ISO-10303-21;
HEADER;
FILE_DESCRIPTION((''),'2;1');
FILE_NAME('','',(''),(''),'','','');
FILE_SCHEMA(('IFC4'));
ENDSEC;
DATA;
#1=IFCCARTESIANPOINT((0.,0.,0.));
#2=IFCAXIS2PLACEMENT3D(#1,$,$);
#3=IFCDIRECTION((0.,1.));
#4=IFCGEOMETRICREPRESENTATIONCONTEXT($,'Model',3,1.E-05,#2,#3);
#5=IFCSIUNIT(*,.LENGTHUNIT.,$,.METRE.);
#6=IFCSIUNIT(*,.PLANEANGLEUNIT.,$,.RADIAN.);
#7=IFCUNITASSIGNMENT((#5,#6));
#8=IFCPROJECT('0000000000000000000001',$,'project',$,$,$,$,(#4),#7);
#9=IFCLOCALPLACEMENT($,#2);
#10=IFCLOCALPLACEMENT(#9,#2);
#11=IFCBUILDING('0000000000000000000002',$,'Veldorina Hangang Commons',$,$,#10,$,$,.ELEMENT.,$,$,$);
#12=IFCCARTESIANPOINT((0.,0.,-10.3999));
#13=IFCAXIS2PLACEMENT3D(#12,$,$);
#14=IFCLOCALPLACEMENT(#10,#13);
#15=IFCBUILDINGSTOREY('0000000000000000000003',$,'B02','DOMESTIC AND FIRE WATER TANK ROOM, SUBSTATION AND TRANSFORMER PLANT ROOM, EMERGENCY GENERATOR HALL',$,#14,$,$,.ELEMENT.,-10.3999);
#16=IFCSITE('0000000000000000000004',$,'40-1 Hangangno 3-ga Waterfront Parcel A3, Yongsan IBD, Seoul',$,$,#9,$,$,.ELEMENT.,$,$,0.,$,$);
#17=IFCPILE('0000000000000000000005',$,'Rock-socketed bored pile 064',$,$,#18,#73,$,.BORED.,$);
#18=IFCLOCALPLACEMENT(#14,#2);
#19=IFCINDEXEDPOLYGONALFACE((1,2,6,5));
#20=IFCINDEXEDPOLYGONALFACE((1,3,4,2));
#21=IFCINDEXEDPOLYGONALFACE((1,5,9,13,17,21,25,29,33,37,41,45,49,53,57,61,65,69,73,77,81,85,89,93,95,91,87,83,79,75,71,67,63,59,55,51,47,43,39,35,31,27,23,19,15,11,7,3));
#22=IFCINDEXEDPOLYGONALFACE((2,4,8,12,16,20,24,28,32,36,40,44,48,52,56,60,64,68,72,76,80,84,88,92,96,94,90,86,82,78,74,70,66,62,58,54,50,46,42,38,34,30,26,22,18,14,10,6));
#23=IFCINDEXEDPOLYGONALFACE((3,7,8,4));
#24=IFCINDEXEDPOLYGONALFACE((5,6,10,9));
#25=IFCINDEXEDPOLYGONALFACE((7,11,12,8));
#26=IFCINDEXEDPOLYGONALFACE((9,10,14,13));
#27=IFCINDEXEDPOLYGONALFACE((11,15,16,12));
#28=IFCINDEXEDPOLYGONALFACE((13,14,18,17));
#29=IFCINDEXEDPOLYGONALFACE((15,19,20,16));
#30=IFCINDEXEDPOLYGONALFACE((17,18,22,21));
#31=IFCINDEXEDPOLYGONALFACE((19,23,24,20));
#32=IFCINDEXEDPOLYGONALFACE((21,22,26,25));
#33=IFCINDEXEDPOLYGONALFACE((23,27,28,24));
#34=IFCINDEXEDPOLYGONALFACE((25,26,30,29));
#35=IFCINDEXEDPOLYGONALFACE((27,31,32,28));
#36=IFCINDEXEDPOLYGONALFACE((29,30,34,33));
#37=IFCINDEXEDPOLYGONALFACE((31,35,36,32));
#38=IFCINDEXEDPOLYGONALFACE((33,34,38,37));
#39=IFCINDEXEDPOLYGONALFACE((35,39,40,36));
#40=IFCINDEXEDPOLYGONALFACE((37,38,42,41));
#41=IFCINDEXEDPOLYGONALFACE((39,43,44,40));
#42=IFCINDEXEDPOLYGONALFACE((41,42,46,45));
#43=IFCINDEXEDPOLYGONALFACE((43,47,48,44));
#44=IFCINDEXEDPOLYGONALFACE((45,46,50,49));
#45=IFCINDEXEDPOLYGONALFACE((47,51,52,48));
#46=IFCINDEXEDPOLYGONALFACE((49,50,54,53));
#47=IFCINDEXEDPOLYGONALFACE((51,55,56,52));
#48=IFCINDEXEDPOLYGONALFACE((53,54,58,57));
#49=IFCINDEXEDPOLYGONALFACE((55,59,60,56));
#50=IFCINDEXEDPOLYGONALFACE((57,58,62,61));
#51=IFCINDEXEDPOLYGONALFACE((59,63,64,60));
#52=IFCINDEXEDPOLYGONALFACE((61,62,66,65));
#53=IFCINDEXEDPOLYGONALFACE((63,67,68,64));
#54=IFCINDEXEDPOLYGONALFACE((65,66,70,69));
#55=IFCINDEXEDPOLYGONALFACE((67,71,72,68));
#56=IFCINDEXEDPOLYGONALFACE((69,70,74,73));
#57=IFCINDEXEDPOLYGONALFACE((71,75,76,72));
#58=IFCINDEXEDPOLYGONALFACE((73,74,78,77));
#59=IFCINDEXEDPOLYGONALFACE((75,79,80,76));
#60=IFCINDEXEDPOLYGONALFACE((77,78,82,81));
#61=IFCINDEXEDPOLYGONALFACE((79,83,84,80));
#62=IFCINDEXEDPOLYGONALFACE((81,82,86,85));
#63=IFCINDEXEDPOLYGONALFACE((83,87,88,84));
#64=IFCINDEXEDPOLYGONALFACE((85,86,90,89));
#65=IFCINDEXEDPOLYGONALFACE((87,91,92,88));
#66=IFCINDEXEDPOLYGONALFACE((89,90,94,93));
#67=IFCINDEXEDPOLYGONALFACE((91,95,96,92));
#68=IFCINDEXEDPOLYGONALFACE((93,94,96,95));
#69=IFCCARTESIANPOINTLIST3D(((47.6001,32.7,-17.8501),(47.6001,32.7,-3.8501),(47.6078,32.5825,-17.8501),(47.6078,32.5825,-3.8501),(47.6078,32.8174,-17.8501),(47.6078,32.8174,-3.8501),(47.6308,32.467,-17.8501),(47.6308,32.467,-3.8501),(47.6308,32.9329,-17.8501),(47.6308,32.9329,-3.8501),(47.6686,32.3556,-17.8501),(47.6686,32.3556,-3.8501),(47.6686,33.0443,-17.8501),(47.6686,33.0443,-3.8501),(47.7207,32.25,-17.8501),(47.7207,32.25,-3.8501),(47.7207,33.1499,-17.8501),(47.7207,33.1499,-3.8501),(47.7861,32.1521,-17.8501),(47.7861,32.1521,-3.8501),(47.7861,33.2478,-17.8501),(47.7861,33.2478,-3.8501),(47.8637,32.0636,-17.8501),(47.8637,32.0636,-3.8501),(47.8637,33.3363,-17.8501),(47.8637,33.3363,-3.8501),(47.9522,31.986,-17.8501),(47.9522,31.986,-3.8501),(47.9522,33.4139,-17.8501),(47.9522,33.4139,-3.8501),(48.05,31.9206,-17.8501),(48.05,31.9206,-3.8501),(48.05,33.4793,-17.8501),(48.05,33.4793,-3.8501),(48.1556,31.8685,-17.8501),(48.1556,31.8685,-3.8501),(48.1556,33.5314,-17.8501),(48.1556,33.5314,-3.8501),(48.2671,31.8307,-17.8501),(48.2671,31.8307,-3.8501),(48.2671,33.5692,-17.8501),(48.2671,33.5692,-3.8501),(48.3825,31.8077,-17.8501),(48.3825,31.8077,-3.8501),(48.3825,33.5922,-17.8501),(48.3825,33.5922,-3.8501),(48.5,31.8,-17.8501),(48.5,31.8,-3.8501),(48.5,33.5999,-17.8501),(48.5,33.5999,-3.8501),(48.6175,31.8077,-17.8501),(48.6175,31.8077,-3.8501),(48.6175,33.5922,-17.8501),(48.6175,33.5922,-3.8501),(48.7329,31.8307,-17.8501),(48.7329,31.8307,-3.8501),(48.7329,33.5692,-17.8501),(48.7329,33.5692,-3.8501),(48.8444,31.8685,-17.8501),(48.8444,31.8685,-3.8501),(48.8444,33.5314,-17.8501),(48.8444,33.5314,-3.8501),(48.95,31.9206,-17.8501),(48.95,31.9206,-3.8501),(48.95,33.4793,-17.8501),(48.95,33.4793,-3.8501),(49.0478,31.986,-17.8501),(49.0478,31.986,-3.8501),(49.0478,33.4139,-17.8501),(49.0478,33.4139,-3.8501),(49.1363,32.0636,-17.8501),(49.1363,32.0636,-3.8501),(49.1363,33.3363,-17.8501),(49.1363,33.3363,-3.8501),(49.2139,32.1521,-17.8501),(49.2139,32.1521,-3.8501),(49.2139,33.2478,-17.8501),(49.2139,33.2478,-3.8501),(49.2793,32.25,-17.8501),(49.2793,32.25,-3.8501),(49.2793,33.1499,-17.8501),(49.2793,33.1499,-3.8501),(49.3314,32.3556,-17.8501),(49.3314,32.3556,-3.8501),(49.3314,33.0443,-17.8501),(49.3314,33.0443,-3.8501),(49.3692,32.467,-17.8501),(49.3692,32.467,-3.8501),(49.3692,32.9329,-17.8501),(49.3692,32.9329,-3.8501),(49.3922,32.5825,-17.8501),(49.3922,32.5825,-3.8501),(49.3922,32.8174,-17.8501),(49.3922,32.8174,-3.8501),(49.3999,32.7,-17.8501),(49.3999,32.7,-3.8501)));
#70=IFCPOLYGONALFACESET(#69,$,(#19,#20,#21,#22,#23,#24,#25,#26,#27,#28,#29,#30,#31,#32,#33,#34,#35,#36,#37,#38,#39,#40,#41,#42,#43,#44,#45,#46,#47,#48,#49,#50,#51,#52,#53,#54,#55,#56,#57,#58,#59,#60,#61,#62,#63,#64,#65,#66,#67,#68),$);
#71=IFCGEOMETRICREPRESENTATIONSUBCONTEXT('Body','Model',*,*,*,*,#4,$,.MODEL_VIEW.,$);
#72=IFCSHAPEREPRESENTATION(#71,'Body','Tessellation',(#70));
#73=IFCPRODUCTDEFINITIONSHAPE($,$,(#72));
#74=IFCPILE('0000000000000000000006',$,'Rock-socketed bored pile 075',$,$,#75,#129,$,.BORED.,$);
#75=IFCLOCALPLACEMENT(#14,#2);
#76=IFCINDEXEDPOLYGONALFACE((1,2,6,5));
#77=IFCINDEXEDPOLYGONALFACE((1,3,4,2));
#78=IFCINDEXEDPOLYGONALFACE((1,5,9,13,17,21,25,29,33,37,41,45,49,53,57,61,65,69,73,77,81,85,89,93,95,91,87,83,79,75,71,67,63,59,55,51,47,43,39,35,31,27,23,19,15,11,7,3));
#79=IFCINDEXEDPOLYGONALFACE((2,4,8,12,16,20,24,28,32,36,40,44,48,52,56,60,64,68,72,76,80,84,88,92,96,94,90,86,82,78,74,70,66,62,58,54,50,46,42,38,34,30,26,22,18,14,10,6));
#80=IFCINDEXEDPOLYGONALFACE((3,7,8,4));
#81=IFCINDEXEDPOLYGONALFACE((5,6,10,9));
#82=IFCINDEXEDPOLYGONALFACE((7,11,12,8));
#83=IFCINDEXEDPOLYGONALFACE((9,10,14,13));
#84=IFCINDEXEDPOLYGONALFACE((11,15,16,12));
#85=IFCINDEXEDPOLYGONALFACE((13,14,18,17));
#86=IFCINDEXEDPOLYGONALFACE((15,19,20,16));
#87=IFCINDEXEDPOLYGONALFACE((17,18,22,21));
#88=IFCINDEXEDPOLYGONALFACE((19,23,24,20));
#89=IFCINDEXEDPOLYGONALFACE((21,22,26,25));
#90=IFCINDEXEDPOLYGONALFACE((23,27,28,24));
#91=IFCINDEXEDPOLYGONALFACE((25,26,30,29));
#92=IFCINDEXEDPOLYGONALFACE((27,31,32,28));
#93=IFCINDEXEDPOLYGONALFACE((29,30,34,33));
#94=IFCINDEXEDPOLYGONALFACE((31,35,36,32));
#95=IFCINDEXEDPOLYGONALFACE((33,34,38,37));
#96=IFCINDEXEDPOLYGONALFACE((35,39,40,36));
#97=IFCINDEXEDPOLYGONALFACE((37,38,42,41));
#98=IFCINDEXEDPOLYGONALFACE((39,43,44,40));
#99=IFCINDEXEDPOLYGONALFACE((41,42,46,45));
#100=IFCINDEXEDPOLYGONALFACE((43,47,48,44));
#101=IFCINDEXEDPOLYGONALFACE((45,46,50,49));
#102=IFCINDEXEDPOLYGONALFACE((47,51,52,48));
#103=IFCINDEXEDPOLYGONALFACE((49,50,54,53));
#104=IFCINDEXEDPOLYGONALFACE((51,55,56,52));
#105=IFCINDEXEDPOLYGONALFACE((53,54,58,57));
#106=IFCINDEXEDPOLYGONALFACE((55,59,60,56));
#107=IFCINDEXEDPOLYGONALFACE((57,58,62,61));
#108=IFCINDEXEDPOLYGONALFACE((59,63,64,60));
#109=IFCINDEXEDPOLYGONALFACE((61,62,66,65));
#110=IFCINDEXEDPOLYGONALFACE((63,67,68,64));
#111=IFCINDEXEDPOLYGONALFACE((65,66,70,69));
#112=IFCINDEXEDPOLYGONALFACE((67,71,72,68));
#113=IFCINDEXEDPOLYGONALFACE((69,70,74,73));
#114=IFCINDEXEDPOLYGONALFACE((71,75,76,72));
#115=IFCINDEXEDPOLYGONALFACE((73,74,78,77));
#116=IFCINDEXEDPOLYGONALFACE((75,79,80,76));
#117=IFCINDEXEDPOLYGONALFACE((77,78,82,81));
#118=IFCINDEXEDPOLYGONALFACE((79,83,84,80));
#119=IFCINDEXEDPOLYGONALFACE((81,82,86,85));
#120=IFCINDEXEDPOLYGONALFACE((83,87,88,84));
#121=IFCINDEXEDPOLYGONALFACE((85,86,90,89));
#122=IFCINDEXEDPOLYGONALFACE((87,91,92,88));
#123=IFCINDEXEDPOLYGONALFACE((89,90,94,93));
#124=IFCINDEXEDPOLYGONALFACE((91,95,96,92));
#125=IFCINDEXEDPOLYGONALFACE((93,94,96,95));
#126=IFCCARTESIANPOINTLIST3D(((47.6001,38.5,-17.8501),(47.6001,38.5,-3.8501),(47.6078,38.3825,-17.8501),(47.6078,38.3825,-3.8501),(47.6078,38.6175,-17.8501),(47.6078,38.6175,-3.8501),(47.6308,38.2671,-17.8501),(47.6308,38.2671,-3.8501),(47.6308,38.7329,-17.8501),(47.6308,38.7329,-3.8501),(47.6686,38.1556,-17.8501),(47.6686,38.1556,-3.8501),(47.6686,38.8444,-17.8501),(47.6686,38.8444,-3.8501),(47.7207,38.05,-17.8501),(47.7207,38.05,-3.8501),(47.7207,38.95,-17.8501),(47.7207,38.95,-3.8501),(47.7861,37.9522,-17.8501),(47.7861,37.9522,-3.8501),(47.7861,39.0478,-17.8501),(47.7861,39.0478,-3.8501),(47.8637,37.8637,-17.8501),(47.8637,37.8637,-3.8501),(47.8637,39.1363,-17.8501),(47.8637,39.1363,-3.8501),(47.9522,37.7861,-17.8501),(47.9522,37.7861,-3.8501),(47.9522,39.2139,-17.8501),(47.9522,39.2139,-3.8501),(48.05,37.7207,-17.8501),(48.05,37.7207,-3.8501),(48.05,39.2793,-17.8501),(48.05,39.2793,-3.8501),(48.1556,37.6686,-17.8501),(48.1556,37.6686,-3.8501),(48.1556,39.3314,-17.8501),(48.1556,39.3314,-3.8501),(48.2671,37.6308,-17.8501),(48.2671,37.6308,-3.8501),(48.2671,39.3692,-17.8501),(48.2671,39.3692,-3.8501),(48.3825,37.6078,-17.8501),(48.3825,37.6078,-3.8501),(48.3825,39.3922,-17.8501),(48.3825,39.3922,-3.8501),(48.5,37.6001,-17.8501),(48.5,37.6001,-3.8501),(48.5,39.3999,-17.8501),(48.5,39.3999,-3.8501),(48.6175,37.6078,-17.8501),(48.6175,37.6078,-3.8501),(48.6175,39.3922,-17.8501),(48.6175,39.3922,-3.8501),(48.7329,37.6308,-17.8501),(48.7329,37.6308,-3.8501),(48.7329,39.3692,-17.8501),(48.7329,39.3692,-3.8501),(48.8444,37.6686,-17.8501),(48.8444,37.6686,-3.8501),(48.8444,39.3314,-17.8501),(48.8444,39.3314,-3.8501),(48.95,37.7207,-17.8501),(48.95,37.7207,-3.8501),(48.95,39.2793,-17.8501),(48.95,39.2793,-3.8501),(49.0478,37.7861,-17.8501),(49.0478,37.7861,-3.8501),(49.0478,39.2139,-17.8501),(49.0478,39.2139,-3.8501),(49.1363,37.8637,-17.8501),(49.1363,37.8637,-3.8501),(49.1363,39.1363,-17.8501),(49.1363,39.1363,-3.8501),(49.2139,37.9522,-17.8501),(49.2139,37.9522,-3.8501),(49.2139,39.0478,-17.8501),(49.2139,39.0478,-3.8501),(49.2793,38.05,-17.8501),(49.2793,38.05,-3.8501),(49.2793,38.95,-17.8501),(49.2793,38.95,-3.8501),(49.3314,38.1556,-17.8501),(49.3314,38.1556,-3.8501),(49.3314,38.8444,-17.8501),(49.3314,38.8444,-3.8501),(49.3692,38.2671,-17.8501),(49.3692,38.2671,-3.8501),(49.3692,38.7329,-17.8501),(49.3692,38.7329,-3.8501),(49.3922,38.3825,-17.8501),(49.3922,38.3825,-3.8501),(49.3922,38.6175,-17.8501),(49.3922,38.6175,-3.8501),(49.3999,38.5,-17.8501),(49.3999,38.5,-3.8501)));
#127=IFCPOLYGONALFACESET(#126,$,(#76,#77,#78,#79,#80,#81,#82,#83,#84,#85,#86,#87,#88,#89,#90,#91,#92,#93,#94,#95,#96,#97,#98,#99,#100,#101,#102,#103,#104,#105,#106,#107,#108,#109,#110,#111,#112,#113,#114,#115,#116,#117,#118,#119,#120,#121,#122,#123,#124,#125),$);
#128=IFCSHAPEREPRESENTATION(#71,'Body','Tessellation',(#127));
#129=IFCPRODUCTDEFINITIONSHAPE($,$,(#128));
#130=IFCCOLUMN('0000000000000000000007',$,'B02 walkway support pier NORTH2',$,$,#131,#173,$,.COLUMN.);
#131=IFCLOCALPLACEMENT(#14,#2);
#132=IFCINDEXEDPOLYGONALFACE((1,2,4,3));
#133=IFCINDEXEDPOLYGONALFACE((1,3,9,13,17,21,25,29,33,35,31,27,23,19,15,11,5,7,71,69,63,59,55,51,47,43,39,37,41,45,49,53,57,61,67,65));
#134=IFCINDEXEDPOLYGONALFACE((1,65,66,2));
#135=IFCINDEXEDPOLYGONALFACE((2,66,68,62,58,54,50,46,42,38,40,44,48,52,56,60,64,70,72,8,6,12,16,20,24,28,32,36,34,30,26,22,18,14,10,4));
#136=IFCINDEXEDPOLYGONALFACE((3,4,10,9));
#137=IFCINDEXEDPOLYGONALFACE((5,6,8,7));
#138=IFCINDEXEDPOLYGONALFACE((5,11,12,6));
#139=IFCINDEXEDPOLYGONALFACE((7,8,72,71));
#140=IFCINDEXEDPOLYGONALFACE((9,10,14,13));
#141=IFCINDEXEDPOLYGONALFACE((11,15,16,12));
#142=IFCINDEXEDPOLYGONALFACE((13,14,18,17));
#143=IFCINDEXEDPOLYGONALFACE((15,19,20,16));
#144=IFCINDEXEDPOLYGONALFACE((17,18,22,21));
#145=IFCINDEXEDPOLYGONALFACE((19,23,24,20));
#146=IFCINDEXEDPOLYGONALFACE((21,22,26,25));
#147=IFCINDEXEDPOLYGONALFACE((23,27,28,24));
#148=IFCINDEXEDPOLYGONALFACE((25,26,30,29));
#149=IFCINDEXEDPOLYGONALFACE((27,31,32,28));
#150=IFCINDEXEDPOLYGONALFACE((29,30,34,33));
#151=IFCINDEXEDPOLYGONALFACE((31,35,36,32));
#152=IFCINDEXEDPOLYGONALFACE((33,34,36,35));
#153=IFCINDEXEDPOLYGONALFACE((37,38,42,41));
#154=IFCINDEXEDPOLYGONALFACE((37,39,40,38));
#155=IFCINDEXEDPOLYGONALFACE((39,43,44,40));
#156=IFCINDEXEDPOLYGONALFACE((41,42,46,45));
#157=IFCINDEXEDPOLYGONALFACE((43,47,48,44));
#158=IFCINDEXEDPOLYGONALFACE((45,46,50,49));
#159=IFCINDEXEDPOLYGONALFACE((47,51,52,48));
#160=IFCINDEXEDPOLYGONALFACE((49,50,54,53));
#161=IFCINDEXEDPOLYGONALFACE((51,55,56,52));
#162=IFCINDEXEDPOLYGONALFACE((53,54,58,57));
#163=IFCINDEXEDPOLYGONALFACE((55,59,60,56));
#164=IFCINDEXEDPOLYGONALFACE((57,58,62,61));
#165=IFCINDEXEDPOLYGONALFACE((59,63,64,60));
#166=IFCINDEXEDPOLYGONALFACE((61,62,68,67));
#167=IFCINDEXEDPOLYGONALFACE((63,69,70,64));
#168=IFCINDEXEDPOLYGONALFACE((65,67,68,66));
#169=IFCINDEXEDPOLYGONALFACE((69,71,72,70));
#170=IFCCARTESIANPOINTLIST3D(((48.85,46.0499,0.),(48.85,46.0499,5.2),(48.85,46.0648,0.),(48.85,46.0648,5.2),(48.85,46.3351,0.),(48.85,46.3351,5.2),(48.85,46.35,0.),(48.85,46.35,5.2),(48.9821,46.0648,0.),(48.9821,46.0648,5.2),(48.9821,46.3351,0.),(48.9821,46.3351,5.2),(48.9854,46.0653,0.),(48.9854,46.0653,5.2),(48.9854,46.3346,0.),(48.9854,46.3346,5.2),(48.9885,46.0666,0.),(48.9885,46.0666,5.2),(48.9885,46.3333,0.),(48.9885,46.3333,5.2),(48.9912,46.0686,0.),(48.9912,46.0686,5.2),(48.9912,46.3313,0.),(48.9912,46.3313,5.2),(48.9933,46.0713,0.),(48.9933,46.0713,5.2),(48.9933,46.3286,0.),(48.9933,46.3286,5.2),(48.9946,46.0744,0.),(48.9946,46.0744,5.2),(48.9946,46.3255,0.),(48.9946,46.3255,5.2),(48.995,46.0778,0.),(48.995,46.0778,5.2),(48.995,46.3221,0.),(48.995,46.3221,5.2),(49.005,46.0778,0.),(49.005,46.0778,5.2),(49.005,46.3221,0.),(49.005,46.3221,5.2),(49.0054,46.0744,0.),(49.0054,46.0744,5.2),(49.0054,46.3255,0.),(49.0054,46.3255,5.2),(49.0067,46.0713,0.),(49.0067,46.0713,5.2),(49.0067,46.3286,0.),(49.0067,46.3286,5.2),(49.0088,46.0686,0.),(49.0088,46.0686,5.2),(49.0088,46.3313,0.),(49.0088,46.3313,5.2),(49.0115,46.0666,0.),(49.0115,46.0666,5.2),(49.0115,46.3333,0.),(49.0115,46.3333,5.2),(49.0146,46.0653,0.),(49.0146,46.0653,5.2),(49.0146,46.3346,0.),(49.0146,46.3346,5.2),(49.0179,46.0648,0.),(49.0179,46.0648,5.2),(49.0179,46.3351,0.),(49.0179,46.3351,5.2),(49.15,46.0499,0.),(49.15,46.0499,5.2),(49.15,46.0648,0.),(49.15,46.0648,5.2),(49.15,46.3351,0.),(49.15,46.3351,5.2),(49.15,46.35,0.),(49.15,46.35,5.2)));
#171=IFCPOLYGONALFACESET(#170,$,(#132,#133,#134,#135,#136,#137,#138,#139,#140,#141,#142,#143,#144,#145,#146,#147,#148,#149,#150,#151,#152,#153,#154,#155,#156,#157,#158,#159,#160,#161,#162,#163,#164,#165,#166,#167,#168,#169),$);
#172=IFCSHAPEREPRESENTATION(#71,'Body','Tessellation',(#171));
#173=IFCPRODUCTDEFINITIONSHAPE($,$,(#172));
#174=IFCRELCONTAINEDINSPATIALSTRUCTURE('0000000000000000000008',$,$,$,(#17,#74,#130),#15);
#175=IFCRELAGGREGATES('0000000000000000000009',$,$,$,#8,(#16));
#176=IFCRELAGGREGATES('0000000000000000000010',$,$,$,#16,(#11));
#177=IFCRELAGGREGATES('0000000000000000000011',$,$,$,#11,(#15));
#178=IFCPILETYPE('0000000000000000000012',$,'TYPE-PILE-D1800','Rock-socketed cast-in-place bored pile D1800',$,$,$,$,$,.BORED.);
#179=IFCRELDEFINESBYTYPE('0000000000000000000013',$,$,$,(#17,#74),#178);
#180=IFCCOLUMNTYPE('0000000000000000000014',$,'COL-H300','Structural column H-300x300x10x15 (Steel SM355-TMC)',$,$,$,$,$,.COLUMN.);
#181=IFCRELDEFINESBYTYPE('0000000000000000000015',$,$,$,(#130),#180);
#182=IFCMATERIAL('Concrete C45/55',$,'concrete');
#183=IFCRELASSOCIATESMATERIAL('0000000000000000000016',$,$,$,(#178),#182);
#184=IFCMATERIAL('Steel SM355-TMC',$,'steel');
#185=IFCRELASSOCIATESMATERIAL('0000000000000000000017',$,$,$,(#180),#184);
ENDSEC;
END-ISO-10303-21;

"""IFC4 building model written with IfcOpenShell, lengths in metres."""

from ifc_helpers import new_model, si_unit, direction, frame, origin, origin_2d, place, context, subcontext, project, spatial, circle, i_section, extrude, material, material_profile, profile_set, type_object, element, save


model = new_model("IFC4")

# Units and contexts
model_context = context("Model", 3, precision=1e-05, world=origin(), true_north=direction((0.0, 1.0)))
body_context = subcontext(model_context, "Body", "Model", "MODEL_VIEW")
ifc_project = project(units=[si_unit("LENGTHUNIT", "METRE"), si_unit("PLANEANGLEUNIT", "RADIAN")], contexts=[model_context])

# Site, building, storey
site_placement = place(None, origin())
site = spatial("IfcSite", under=ifc_project, at=site_placement, Name="40-1 Hangangno 3-ga Waterfront Parcel A3, Yongsan IBD, Seoul", CompositionType="ELEMENT", RefElevation=0.0)
building_placement = place(site_placement, origin())
building = spatial("IfcBuilding", under=site, at=building_placement, Name="Veldorina Hangang Commons", CompositionType="ELEMENT")
storey_placement = place(building_placement, frame((0.0, 0.0, -10.3999)))
storey = spatial("IfcBuildingStorey", under=building, at=storey_placement, Name="B02", Description="DOMESTIC AND FIRE WATER TANK ROOM, SUBSTATION AND TRANSFORMER PLANT ROOM, EMERGENCY GENERATOR HALL", CompositionType="ELEMENT", Elevation=-10.3999)

# Piles
ifc_material_1 = material(Name="Concrete C45/55", Category="concrete")
ifc_material_profile_1 = material_profile(ifc_material_1, circle(Radius=0.8999, at=origin_2d()), Name="PILE-D1800")
ifc_profile_set_1 = profile_set([ifc_material_profile_1], Name="Concrete C45/55")
pile_type_1 = type_object("IfcPileType", Name="TYPE-PILE-D1800", Description="Rock-socketed cast-in-place bored pile D1800", PredefinedType="BORED", material=ifc_profile_set_1)
for number, where, z_axis, x_axis, name in (
    (1, (48.5, 32.7, -3.8501), (0.0, 0.0, -1.0), (1.0, 0.0, 0.0), "Rock-socketed bored pile 064"),
    (2, (48.5, 38.5, -3.8501), (0.0, 0.0, -1.0), (1.0, 0.0, 0.0), "Rock-socketed bored pile 075"),
):
    element("IfcPile", number, at=place(storey_placement, frame(where, z_axis=z_axis, x_axis=x_axis)), inside=storey, type_object=pile_type_1, Name=name, PredefinedType="BORED", context=body_context, shape_type="SweptSolid", body=[
        extrude(circle(Radius=0.8999, at=origin_2d()), origin(), (0.0, 0.0, 1.0), 14.0),
    ])

# Column
ifc_material_2 = material(Name="Steel SM355-TMC", Category="steel")
ifc_material_profile_2 = material_profile(ifc_material_2, i_section(OverallWidth=0.3, OverallDepth=0.3, WebThickness=0.01, FlangeThickness=0.0149, FilletRadius=0.0129, at=origin_2d()), Name="H-300x300x10x15")
ifc_profile_set_2 = profile_set([ifc_material_profile_2], Name="Steel SM355-TMC")
column_type_1 = type_object("IfcColumnType", Name="COL-H300", Description="Structural column H-300x300x10x15 (Steel SM355-TMC)", PredefinedType="COLUMN", material=ifc_profile_set_2)
for number, where, z_axis, x_axis, name in (
    (3, (49.0, 46.2, 0.0), (0.0, 0.0, 1.0), (1.0, 0.0, 0.0), "B02 walkway support pier NORTH2"),
):
    element("IfcColumn", number, at=place(storey_placement, frame(where, z_axis=z_axis, x_axis=x_axis)), inside=storey, type_object=column_type_1, Name=name, PredefinedType="COLUMN", context=body_context, shape_type="SweptSolid", body=[
        extrude(i_section(OverallWidth=0.3, OverallDepth=0.3, WebThickness=0.01, FlangeThickness=0.0149, FilletRadius=0.0129, at=origin_2d()), origin(), (0.0, 0.0, 1.0), 5.2),
    ])

save(model, "model.ifc")
